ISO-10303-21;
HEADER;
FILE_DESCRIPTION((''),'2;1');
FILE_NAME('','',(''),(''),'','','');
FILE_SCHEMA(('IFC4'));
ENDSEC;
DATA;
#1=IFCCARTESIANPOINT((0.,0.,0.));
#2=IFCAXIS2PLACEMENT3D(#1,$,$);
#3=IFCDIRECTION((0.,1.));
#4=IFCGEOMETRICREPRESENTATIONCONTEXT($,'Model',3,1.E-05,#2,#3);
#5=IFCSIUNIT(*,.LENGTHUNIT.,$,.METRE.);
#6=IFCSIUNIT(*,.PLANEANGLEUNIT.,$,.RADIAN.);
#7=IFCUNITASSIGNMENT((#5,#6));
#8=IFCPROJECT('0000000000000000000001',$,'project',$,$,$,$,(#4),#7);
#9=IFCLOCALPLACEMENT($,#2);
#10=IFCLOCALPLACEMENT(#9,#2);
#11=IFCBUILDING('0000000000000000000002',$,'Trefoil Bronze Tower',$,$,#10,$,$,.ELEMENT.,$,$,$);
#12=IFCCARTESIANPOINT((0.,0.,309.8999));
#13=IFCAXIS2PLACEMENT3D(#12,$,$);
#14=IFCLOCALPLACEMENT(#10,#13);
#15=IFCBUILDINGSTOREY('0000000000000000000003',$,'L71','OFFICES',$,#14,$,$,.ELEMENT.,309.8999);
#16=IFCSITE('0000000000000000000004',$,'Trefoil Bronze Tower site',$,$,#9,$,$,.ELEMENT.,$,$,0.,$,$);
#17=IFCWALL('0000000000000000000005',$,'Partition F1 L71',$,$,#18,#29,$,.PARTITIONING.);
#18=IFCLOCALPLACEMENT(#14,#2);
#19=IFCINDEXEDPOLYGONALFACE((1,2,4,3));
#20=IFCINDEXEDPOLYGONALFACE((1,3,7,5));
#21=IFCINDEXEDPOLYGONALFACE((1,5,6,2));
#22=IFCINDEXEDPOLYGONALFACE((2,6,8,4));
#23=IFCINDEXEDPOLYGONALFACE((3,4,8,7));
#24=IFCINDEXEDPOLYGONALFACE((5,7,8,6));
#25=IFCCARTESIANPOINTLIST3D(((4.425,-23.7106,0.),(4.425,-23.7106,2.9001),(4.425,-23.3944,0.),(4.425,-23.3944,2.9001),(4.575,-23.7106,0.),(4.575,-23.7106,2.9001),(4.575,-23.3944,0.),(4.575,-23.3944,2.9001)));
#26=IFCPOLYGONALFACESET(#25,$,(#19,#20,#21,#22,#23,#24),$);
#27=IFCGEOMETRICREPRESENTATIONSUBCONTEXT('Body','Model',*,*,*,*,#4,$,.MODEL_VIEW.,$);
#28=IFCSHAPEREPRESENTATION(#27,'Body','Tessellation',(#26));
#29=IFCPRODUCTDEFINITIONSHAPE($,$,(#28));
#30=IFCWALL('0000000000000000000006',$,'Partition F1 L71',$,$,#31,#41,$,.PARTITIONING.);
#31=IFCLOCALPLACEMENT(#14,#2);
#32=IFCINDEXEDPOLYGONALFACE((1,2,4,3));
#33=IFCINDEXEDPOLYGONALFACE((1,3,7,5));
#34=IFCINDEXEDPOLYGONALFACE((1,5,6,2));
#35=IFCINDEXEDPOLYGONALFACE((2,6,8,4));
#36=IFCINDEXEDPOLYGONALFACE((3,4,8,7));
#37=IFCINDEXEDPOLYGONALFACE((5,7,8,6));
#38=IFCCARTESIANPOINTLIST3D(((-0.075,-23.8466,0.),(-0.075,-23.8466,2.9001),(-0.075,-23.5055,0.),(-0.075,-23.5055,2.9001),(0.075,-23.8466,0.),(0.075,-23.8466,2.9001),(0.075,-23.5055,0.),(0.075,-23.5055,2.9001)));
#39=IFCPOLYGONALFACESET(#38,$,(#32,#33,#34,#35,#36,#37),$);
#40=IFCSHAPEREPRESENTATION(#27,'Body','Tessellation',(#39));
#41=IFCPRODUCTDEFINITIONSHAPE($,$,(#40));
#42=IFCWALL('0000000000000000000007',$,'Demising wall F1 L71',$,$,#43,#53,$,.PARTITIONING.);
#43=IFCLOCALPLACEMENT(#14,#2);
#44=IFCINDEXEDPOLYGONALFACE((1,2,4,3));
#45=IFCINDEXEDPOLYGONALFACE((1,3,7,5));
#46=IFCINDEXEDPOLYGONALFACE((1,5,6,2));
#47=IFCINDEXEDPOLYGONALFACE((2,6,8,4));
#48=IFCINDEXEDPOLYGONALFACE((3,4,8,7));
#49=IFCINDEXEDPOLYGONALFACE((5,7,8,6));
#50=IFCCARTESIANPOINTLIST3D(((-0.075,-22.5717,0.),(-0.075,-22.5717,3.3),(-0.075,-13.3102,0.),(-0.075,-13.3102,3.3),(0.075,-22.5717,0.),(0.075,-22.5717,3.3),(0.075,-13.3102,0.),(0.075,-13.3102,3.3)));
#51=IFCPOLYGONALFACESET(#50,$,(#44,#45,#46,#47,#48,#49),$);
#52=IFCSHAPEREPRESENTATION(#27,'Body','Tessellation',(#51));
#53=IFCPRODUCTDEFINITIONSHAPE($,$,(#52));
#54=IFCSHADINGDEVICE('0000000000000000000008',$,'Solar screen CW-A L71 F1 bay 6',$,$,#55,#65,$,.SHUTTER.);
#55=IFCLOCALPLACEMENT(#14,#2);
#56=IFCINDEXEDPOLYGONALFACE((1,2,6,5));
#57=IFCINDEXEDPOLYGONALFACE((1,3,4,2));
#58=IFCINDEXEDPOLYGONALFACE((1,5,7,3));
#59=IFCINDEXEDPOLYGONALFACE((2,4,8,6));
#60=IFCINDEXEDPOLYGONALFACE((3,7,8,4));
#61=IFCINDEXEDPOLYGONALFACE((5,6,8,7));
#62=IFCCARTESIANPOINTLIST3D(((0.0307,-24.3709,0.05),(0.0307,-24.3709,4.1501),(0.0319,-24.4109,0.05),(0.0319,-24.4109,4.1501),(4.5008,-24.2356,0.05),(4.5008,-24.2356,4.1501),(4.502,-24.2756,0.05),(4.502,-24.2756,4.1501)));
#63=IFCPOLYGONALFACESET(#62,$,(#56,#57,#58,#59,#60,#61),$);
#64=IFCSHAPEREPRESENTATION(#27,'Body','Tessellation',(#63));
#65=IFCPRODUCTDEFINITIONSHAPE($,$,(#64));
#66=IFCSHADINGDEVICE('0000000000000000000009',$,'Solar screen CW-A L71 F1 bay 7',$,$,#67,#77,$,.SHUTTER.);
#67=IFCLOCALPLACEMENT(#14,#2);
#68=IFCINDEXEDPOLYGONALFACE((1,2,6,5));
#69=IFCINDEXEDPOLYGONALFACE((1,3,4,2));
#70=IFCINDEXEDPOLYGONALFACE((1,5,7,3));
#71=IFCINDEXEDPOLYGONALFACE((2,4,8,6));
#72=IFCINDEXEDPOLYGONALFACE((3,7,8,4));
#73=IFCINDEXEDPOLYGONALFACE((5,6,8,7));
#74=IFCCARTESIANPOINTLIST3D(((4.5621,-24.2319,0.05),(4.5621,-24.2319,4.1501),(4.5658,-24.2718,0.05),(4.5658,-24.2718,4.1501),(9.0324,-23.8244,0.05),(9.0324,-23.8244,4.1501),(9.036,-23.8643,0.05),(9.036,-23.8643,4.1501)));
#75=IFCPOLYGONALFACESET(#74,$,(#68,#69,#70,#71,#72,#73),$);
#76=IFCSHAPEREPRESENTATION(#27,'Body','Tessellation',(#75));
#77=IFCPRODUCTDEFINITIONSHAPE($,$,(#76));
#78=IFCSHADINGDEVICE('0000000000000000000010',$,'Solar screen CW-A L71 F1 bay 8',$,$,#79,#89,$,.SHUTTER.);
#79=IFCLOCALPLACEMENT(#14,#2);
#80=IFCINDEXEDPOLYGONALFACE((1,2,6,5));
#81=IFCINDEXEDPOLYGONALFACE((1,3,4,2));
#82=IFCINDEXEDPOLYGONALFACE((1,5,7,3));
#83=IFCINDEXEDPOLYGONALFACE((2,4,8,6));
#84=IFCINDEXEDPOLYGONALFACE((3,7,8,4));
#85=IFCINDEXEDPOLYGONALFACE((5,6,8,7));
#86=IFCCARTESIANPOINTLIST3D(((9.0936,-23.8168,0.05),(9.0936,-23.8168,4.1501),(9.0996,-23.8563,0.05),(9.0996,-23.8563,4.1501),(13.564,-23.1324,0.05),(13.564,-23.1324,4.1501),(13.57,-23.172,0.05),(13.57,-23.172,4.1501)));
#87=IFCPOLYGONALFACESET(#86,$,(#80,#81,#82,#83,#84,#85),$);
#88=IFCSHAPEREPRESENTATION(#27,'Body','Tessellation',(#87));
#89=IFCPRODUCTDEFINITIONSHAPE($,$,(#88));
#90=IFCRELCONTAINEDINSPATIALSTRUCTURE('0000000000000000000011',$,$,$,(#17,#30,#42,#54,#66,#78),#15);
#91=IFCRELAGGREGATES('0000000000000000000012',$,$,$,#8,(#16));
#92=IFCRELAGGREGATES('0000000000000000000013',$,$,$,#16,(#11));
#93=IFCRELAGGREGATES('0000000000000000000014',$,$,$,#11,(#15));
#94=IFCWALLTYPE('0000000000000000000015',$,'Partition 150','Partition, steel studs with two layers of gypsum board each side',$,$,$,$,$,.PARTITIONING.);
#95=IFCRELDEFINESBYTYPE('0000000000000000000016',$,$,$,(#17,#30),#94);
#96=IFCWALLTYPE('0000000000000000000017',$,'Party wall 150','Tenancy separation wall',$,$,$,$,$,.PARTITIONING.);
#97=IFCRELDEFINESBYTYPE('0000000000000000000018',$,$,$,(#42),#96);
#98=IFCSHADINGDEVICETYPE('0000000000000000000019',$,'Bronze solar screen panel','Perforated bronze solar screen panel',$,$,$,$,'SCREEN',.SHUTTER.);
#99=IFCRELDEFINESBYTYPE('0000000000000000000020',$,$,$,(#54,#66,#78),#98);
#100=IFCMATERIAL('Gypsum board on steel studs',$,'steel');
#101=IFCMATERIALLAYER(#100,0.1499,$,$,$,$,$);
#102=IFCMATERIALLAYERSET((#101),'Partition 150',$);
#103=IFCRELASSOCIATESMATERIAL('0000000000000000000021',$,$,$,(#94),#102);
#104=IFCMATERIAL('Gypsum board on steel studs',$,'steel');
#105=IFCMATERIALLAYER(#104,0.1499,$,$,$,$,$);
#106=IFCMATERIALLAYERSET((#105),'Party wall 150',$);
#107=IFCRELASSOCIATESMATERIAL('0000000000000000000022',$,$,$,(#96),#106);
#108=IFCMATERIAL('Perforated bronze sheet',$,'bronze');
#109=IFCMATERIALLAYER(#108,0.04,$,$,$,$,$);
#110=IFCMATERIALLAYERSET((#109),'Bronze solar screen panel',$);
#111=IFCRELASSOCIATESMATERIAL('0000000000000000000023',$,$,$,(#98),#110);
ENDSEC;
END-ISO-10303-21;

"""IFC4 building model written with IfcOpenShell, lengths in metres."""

from ifc_helpers import new_model, si_unit, direction, frame, frame_2d, origin, origin_2d, place, context, subcontext, project, spatial, rectangle, extrude, material, layer, layer_set, type_object, element, save


model = new_model("IFC4")

# Units and contexts
model_context = context("Model", 3, precision=1e-05, world=origin(), true_north=direction((0.0, 1.0)))
body_context = subcontext(model_context, "Body", "Model", "MODEL_VIEW")
ifc_project = project(units=[si_unit("LENGTHUNIT", "METRE"), si_unit("PLANEANGLEUNIT", "RADIAN")], contexts=[model_context])

# Site, building, storey
site_placement = place(None, origin())
site = spatial("IfcSite", under=ifc_project, at=site_placement, Name="Trefoil Bronze Tower site", CompositionType="ELEMENT", RefElevation=0.0)
building_placement = place(site_placement, origin())
building = spatial("IfcBuilding", under=site, at=building_placement, Name="Trefoil Bronze Tower", CompositionType="ELEMENT")
storey_placement = place(building_placement, frame((0.0, 0.0, 309.8999)))
storey = spatial("IfcBuildingStorey", under=building, at=storey_placement, Name="L71", Description="OFFICES", CompositionType="ELEMENT", Elevation=309.8999)

# Walls
ifc_material_1 = material(Name="Gypsum board on steel studs", Category="steel")
ifc_layer_1 = layer(ifc_material_1, 0.1499)
ifc_layer_set_1 = layer_set([ifc_layer_1], Name="Partition 150")
wall_type_1 = type_object("IfcWallType", Name="Partition 150", Description="Partition, steel studs with two layers of gypsum board each side", PredefinedType="PARTITIONING", material=ifc_layer_set_1)
wall_1_placement = place(storey_placement, frame((4.5, -23.3943, 0.0), z_axis=(0.0, 0.0, 1.0), x_axis=(0.0, -1.0, 0.0)))
element("IfcWall", 1, at=wall_1_placement, inside=storey, type_object=wall_type_1, Name="Partition F1 L71", PredefinedType="PARTITIONING", context=body_context, shape_type="SweptSolid", body=[
    extrude(rectangle(XDim=0.3162, YDim=0.1499, at=frame_2d((0.1582, 0.0))), origin(), (0.0, 0.0, 1.0), 2.9001),
])
wall_2_placement = place(storey_placement, frame((0.0, -23.5056, 0.0), z_axis=(0.0, 0.0, 1.0), x_axis=(0.0, -1.0, 0.0)))
element("IfcWall", 2, at=wall_2_placement, inside=storey, type_object=wall_type_1, Name="Partition F1 L71", PredefinedType="PARTITIONING", context=body_context, shape_type="SweptSolid", body=[
    extrude(rectangle(XDim=0.3411, YDim=0.1499, at=frame_2d((0.1704, 0.0))), origin(), (0.0, 0.0, 1.0), 2.9001),
])
ifc_material_2 = material(Name="Gypsum board on steel studs", Category="steel")
ifc_layer_2 = layer(ifc_material_2, 0.1499)
ifc_layer_set_2 = layer_set([ifc_layer_2], Name="Party wall 150")
wall_type_2 = type_object("IfcWallType", Name="Party wall 150", Description="Tenancy separation wall", PredefinedType="PARTITIONING", material=ifc_layer_set_2)
wall_3_placement = place(storey_placement, frame((0.0, -13.3101, 0.0), z_axis=(0.0, 0.0, 1.0), x_axis=(0.0, -1.0, 0.0)))
element("IfcWall", 3, at=wall_3_placement, inside=storey, type_object=wall_type_2, Name="Demising wall F1 L71", PredefinedType="PARTITIONING", context=body_context, shape_type="SweptSolid", body=[
    extrude(rectangle(XDim=9.2615, YDim=0.1499, at=frame_2d((4.6309, 0.0))), origin(), (0.0, 0.0, 1.0), 3.3),
])

# Shading devices
ifc_material_3 = material(Name="Perforated bronze sheet", Category="bronze")
ifc_layer_3 = layer(ifc_material_3, 0.04)
ifc_layer_set_3 = layer_set([ifc_layer_3], Name="Bronze solar screen panel")
shading_device_type = type_object("IfcShadingDeviceType", Name="Bronze solar screen panel", Description="Perforated bronze solar screen panel", ElementType="SCREEN", PredefinedType="SHUTTER", material=ifc_layer_set_3)
shading_device_1_placement = place(storey_placement, frame((2.2664, -24.3232, 0.05), z_axis=(0.0, 0.0, 1.0), x_axis=(0.999542, 0.030263, 0.0)))
element("IfcShadingDevice", 4, at=shading_device_1_placement, inside=storey, type_object=shading_device_type, Name="Solar screen CW-A L71 F1 bay 6", PredefinedType="SHUTTER", context=body_context, shape_type="SweptSolid", body=[
    extrude(rectangle(XDim=4.4722, YDim=0.04, at=origin_2d()), origin(), (0.0, 0.0, 1.0), 4.1001),
])
shading_device_2_placement = place(storey_placement, frame((6.7991, -24.0481, 0.05), z_axis=(0.0, 0.0, 1.0), x_axis=(0.99587, 0.090789, 0.0)))
element("IfcShadingDevice", 5, at=shading_device_2_placement, inside=storey, type_object=shading_device_type, Name="Solar screen CW-A L71 F1 bay 7", PredefinedType="SHUTTER", context=body_context, shape_type="SweptSolid", body=[
    extrude(rectangle(XDim=4.4888, YDim=0.04, at=origin_2d()), origin(), (0.0, 0.0, 1.0), 4.1001),
])
shading_device_3_placement = place(storey_placement, frame((11.3318, -23.4944, 0.05), z_axis=(0.0, 0.0, 1.0), x_axis=(0.988485, 0.151317, 0.0)))
element("IfcShadingDevice", 6, at=shading_device_3_placement, inside=storey, type_object=shading_device_type, Name="Solar screen CW-A L71 F1 bay 8", PredefinedType="SHUTTER", context=body_context, shape_type="SweptSolid", body=[
    extrude(rectangle(XDim=4.5225, YDim=0.04, at=origin_2d()), origin(), (0.0, 0.0, 1.0), 4.1001),
])

save(model, "model.ifc")
